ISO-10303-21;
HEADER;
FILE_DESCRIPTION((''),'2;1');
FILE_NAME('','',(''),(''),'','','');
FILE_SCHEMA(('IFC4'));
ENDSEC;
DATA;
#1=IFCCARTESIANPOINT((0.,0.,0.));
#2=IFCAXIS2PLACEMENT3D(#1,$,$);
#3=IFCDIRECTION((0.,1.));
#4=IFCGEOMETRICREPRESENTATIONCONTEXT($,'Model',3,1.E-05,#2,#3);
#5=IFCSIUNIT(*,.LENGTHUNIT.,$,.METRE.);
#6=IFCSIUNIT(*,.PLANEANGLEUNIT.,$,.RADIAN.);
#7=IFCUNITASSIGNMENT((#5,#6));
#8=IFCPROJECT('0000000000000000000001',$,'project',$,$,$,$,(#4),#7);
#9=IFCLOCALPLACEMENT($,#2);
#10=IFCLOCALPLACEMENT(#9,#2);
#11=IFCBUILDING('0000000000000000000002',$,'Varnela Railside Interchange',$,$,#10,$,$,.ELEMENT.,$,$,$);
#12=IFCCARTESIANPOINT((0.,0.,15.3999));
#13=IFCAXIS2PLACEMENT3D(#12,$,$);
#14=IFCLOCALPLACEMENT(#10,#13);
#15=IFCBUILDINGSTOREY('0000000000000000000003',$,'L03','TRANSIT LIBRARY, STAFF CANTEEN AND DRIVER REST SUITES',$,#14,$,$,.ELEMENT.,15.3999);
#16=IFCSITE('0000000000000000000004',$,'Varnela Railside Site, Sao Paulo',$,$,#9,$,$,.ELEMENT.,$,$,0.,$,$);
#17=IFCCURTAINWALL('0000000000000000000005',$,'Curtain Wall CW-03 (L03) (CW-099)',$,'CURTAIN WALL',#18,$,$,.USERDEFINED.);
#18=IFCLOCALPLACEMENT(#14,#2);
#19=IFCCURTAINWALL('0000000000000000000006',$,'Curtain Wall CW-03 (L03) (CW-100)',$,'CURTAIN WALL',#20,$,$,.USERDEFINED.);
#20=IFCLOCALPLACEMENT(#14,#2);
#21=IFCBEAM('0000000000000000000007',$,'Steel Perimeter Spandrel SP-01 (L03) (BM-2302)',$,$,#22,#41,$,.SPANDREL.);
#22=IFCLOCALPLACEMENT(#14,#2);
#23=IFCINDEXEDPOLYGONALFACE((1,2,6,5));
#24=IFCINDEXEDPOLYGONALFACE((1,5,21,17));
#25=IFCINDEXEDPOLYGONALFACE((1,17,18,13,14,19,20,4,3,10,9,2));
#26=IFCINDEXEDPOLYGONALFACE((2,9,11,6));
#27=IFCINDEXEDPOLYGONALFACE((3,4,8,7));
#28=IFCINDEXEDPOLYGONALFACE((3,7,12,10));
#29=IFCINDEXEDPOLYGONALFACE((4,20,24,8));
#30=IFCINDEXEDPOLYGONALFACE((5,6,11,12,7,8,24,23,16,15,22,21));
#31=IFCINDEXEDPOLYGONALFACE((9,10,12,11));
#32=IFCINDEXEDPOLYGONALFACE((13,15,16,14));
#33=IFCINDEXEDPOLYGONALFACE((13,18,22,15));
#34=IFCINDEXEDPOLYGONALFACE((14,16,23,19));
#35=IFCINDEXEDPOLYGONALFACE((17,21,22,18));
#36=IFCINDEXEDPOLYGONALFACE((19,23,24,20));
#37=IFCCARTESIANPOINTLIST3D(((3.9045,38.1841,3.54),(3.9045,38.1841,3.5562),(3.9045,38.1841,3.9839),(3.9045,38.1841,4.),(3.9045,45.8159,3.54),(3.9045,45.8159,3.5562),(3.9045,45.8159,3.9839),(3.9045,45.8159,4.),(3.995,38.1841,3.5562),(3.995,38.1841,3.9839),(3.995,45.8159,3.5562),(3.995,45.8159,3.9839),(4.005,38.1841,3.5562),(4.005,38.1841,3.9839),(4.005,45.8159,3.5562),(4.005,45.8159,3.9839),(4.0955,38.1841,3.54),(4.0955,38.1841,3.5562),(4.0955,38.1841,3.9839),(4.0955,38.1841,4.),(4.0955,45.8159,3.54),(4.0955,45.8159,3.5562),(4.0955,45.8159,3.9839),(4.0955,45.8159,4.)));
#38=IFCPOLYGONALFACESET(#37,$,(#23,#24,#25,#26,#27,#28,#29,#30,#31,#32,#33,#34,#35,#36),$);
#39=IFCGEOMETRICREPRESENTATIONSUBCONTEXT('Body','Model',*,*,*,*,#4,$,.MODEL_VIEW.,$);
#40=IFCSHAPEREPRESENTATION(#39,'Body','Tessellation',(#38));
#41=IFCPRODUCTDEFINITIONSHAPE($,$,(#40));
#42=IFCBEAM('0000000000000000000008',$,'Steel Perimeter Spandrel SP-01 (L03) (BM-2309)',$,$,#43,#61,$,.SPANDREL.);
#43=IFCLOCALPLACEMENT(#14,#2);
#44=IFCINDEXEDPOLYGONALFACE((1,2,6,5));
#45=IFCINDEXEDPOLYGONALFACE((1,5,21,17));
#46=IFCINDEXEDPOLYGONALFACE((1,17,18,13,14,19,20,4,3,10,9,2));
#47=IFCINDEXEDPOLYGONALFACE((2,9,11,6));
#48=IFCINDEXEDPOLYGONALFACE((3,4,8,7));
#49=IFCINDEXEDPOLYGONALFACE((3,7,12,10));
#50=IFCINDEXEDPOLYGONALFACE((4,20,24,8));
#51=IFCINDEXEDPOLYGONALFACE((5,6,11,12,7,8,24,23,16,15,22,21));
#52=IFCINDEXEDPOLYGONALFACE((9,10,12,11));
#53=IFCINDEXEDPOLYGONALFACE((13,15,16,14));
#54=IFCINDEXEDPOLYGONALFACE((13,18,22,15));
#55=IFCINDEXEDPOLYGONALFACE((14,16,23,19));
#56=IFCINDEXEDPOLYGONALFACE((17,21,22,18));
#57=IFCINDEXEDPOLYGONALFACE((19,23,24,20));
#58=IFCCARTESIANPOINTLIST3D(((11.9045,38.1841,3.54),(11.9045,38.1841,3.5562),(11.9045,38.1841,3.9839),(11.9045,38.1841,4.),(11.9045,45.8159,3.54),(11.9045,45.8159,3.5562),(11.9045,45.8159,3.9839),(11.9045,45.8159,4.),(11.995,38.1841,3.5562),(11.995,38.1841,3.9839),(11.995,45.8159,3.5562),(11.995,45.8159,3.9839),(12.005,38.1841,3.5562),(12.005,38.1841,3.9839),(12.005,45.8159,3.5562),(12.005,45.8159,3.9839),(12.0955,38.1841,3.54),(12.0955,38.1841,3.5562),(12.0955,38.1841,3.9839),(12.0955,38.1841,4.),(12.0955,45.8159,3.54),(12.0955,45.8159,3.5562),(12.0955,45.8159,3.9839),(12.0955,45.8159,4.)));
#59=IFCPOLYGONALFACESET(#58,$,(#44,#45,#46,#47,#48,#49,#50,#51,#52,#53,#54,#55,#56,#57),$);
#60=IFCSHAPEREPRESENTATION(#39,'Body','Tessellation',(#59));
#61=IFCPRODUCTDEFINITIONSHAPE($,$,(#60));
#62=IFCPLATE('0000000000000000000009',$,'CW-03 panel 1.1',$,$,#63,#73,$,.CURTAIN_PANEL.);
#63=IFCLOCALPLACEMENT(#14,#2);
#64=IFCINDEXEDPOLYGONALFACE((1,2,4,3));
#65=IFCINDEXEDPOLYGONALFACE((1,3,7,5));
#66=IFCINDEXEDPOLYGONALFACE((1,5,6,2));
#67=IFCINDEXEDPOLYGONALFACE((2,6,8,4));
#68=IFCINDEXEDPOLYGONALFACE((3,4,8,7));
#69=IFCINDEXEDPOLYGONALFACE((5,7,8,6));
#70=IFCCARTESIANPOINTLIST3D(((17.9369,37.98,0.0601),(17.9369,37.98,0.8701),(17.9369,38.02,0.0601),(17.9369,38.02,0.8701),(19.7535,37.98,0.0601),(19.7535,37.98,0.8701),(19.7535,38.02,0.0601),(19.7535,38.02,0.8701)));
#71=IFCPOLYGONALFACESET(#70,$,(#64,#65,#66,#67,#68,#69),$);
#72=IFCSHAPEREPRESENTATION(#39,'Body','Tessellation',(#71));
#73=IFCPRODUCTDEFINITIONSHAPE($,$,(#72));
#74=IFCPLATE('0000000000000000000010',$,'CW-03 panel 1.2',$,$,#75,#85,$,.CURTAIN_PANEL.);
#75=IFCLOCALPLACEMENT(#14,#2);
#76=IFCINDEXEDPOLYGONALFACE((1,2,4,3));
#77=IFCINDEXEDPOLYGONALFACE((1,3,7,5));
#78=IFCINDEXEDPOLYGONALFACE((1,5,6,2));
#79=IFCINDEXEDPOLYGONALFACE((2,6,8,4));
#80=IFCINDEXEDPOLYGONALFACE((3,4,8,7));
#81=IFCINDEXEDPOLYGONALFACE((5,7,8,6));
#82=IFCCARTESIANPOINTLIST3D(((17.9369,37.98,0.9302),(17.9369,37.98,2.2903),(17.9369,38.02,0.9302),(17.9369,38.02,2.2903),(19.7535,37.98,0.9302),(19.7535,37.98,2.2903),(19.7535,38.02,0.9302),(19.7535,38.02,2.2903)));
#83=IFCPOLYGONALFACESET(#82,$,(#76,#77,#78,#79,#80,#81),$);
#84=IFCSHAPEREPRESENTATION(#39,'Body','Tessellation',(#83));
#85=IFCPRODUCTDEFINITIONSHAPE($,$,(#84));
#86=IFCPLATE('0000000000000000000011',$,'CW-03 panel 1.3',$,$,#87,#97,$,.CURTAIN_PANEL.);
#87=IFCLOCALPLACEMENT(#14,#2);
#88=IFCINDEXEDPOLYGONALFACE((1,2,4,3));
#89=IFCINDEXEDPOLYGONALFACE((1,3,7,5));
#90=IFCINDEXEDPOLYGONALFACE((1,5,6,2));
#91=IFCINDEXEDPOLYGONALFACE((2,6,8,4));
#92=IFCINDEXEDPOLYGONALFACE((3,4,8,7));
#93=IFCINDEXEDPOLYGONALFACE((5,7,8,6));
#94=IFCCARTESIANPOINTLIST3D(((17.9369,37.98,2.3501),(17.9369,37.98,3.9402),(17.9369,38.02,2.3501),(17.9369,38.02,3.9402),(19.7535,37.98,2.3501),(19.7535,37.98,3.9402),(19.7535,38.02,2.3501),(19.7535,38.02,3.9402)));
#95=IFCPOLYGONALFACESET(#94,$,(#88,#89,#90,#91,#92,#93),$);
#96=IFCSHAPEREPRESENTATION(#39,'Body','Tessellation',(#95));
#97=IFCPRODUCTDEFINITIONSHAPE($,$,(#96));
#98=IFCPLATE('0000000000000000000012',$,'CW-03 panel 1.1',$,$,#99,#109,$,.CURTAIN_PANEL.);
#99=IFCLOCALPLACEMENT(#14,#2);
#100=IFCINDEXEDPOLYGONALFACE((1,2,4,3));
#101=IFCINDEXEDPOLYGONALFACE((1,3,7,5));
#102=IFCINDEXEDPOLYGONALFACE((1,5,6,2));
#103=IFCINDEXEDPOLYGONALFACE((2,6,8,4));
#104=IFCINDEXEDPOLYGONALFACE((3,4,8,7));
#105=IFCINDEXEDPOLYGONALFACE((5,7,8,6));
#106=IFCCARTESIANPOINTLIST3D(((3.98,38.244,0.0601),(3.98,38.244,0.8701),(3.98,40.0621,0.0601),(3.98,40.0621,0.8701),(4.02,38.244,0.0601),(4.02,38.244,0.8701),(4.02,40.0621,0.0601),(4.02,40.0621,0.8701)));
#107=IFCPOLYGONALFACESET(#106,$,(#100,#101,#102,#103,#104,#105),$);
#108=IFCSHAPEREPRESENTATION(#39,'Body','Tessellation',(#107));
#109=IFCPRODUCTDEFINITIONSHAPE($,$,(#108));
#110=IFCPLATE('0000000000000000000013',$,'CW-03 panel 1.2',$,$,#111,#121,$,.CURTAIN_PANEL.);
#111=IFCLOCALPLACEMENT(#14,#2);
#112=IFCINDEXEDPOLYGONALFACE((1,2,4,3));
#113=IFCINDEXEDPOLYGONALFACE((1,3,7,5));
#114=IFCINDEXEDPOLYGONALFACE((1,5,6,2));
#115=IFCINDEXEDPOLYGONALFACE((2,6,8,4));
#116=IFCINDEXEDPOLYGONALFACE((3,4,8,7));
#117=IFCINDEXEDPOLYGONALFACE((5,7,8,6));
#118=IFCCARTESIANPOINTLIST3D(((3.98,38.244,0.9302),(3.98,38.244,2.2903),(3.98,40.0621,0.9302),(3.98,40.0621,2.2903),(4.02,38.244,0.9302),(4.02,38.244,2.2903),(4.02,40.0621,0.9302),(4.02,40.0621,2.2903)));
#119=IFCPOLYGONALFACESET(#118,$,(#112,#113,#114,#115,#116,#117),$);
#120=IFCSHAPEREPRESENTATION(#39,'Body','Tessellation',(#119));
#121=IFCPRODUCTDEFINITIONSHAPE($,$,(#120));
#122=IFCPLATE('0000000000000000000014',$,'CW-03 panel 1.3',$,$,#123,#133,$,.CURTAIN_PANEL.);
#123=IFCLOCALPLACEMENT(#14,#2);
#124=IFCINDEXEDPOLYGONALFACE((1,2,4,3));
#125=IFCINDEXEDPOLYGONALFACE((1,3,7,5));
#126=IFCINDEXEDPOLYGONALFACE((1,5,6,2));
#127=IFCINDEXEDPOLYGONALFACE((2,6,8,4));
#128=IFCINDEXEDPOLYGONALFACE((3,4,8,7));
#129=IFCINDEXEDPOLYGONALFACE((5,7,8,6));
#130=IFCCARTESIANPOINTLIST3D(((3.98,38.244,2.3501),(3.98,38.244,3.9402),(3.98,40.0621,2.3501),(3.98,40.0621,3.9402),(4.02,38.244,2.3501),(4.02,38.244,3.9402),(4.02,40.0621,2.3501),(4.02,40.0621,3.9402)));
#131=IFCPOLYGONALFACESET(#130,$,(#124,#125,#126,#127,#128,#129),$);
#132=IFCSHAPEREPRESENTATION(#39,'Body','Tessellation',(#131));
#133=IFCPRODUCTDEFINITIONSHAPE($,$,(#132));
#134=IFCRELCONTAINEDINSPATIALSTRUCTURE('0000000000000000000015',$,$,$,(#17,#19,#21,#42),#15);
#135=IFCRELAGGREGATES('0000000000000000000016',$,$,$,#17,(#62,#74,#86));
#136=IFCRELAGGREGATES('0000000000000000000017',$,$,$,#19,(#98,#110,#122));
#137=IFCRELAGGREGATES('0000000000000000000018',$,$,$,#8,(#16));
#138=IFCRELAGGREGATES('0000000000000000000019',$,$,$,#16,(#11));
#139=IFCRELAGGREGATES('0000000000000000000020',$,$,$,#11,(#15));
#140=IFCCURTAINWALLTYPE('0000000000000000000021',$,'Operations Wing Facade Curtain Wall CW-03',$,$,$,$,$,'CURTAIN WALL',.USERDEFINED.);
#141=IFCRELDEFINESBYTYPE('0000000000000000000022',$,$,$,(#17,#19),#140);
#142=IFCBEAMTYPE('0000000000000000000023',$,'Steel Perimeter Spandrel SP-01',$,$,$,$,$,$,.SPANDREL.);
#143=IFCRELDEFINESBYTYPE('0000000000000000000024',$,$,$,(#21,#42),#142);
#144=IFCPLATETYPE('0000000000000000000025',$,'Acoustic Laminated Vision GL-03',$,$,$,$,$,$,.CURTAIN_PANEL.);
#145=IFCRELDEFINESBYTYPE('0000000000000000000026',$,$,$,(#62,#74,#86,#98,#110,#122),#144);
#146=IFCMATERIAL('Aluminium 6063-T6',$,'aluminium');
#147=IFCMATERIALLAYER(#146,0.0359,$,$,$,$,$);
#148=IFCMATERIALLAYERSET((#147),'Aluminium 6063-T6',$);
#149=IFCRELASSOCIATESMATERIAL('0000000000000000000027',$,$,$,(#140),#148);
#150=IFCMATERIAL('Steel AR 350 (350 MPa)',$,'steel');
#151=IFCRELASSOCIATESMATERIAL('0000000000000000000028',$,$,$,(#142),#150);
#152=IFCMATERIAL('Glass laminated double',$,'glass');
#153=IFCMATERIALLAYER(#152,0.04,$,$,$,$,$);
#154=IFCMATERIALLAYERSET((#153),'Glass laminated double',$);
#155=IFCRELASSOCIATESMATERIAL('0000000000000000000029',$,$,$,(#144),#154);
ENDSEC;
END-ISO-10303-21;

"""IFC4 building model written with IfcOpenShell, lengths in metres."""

from ifc_helpers import new_model, si_unit, direction, frame, origin, origin_2d, place, context, subcontext, project, spatial, rectangle, i_section, extrude, material, layer, layer_set, material_profile, profile_set, type_object, element, aggregate, save


model = new_model("IFC4")

# Units and contexts
model_context = context("Model", 3, precision=1e-05, world=origin(), true_north=direction((0.0, 1.0)))
body_context = subcontext(model_context, "Body", "Model", "MODEL_VIEW")
ifc_project = project(units=[si_unit("LENGTHUNIT", "METRE"), si_unit("PLANEANGLEUNIT", "RADIAN")], contexts=[model_context])

# Site, building, storey
site_placement = place(None, origin())
site = spatial("IfcSite", under=ifc_project, at=site_placement, Name="Varnela Railside Site, Sao Paulo", CompositionType="ELEMENT", RefElevation=0.0)
building_placement = place(site_placement, origin())
building = spatial("IfcBuilding", under=site, at=building_placement, Name="Varnela Railside Interchange", CompositionType="ELEMENT")
storey_placement = place(building_placement, frame((0.0, 0.0, 15.3999)))
storey = spatial("IfcBuildingStorey", under=building, at=storey_placement, Name="L03", Description="TRANSIT LIBRARY, STAFF CANTEEN AND DRIVER REST SUITES", CompositionType="ELEMENT", Elevation=15.3999)

# Curtain wall
ifc_material_1 = material(Name="Aluminium 6063-T6", Category="aluminium")
ifc_layer_1 = layer(ifc_material_1, 0.0359)
ifc_layer_set_1 = layer_set([ifc_layer_1], Name="Aluminium 6063-T6")
curtain_wall_type = type_object("IfcCurtainWallType", Name="Operations Wing Facade Curtain Wall CW-03", ElementType="CURTAIN WALL", PredefinedType="USERDEFINED", material=ifc_layer_set_1)
curtain_wall_1_placement = place(storey_placement, origin())
curtain_wall_1 = element("IfcCurtainWall", 1, at=curtain_wall_1_placement, inside=storey, type_object=curtain_wall_type, Name="Curtain Wall CW-03 (L03) (CW-099)", ObjectType="CURTAIN WALL", PredefinedType="USERDEFINED")

# Curtain wall
curtain_wall_2_placement = place(storey_placement, origin())
curtain_wall_2 = element("IfcCurtainWall", 2, at=curtain_wall_2_placement, inside=storey, type_object=curtain_wall_type, Name="Curtain Wall CW-03 (L03) (CW-100)", ObjectType="CURTAIN WALL", PredefinedType="USERDEFINED")

# Beams
ifc_material_2 = material(Name="Steel AR 350 (350 MPa)", Category="steel")
ifc_material_profile_1 = material_profile(ifc_material_2, i_section(OverallWidth=0.1909, OverallDepth=0.46, WebThickness=0.01, FlangeThickness=0.0161, at=origin_2d()), Name="W460x82")
ifc_profile_set_1 = profile_set([ifc_material_profile_1], Name="Steel AR 350 (350 MPa)")
beam_type = type_object("IfcBeamType", Name="Steel Perimeter Spandrel SP-01", PredefinedType="SPANDREL", material=ifc_profile_set_1)
for number, where, z_axis, x_axis, name in (
    (3, (4.0, 38.1841, 3.77), (0.0, 1.0, 0.0), (-1.0, 0.0, 0.0), "Steel Perimeter Spandrel SP-01 (L03) (BM-2302)"),
    (4, (12.0, 38.1841, 3.77), (0.0, 1.0, 0.0), (-1.0, 0.0, 0.0), "Steel Perimeter Spandrel SP-01 (L03) (BM-2309)"),
):
    element("IfcBeam", number, at=place(storey_placement, frame(where, z_axis=z_axis, x_axis=x_axis)), inside=storey, type_object=beam_type, Name=name, PredefinedType="SPANDREL", context=body_context, shape_type="SweptSolid", body=[
        extrude(i_section(OverallWidth=0.1909, OverallDepth=0.46, WebThickness=0.01, FlangeThickness=0.0161, at=origin_2d()), origin(), (0.0, 0.0, 1.0), 7.6318),
    ])

# Plates
ifc_material_3 = material(Name="Glass laminated double", Category="glass")
ifc_layer_2 = layer(ifc_material_3, 0.04)
ifc_layer_set_2 = layer_set([ifc_layer_2], Name="Glass laminated double")
plate_type = type_object("IfcPlateType", Name="Acoustic Laminated Vision GL-03", PredefinedType="CURTAIN_PANEL", material=ifc_layer_set_2)
plate_1_placement = place(storey_placement, frame((18.8452, 38.0, 0.0601), z_axis=(0.0, 0.0, 1.0), x_axis=(-1.0, 0.0, 0.0)))
plate_1 = element("IfcPlate", 5, at=plate_1_placement, type_object=plate_type, Name="CW-03 panel 1.1", PredefinedType="CURTAIN_PANEL", context=body_context, shape_type="SweptSolid", body=[
    extrude(rectangle(XDim=1.8167, YDim=0.04, at=origin_2d()), origin(), (0.0, 0.0, 1.0), 0.8101),
])
plate_2_placement = place(storey_placement, frame((18.8452, 38.0, 0.9302), z_axis=(0.0, 0.0, 1.0), x_axis=(-1.0, 0.0, 0.0)))
plate_2 = element("IfcPlate", 6, at=plate_2_placement, type_object=plate_type, Name="CW-03 panel 1.2", PredefinedType="CURTAIN_PANEL", context=body_context, shape_type="SweptSolid", body=[
    extrude(rectangle(XDim=1.8167, YDim=0.04, at=origin_2d()), origin(), (0.0, 0.0, 1.0), 1.3601),
])
plate_3_placement = place(storey_placement, frame((18.8452, 38.0, 2.3501), z_axis=(0.0, 0.0, 1.0), x_axis=(-1.0, 0.0, 0.0)))
plate_3 = element("IfcPlate", 7, at=plate_3_placement, type_object=plate_type, Name="CW-03 panel 1.3", PredefinedType="CURTAIN_PANEL", context=body_context, shape_type="SweptSolid", body=[
    extrude(rectangle(XDim=1.8167, YDim=0.04, at=origin_2d()), origin(), (0.0, 0.0, 1.0), 1.5901),
])
aggregate(curtain_wall_1, [plate_1, plate_2, plate_3])
plate_4_placement = place(storey_placement, frame((4.0, 39.1531, 0.0601), z_axis=(0.0, 0.0, 1.0), x_axis=(0.0, 1.0, 0.0)))
plate_4 = element("IfcPlate", 8, at=plate_4_placement, type_object=plate_type, Name="CW-03 panel 1.1", PredefinedType="CURTAIN_PANEL", context=body_context, shape_type="SweptSolid", body=[
    extrude(rectangle(XDim=1.8181, YDim=0.04, at=origin_2d()), origin(), (0.0, 0.0, 1.0), 0.8101),
])
plate_5_placement = place(storey_placement, frame((4.0, 39.1531, 0.9302), z_axis=(0.0, 0.0, 1.0), x_axis=(0.0, 1.0, 0.0)))
plate_5 = element("IfcPlate", 9, at=plate_5_placement, type_object=plate_type, Name="CW-03 panel 1.2", PredefinedType="CURTAIN_PANEL", context=body_context, shape_type="SweptSolid", body=[
    extrude(rectangle(XDim=1.8181, YDim=0.04, at=origin_2d()), origin(), (0.0, 0.0, 1.0), 1.3601),
])
plate_6_placement = place(storey_placement, frame((4.0, 39.1531, 2.3501), z_axis=(0.0, 0.0, 1.0), x_axis=(0.0, 1.0, 0.0)))
plate_6 = element("IfcPlate", 10, at=plate_6_placement, type_object=plate_type, Name="CW-03 panel 1.3", PredefinedType="CURTAIN_PANEL", context=body_context, shape_type="SweptSolid", body=[
    extrude(rectangle(XDim=1.8181, YDim=0.04, at=origin_2d()), origin(), (0.0, 0.0, 1.0), 1.5901),
])
aggregate(curtain_wall_2, [plate_4, plate_5, plate_6])

save(model, "model.ifc")
